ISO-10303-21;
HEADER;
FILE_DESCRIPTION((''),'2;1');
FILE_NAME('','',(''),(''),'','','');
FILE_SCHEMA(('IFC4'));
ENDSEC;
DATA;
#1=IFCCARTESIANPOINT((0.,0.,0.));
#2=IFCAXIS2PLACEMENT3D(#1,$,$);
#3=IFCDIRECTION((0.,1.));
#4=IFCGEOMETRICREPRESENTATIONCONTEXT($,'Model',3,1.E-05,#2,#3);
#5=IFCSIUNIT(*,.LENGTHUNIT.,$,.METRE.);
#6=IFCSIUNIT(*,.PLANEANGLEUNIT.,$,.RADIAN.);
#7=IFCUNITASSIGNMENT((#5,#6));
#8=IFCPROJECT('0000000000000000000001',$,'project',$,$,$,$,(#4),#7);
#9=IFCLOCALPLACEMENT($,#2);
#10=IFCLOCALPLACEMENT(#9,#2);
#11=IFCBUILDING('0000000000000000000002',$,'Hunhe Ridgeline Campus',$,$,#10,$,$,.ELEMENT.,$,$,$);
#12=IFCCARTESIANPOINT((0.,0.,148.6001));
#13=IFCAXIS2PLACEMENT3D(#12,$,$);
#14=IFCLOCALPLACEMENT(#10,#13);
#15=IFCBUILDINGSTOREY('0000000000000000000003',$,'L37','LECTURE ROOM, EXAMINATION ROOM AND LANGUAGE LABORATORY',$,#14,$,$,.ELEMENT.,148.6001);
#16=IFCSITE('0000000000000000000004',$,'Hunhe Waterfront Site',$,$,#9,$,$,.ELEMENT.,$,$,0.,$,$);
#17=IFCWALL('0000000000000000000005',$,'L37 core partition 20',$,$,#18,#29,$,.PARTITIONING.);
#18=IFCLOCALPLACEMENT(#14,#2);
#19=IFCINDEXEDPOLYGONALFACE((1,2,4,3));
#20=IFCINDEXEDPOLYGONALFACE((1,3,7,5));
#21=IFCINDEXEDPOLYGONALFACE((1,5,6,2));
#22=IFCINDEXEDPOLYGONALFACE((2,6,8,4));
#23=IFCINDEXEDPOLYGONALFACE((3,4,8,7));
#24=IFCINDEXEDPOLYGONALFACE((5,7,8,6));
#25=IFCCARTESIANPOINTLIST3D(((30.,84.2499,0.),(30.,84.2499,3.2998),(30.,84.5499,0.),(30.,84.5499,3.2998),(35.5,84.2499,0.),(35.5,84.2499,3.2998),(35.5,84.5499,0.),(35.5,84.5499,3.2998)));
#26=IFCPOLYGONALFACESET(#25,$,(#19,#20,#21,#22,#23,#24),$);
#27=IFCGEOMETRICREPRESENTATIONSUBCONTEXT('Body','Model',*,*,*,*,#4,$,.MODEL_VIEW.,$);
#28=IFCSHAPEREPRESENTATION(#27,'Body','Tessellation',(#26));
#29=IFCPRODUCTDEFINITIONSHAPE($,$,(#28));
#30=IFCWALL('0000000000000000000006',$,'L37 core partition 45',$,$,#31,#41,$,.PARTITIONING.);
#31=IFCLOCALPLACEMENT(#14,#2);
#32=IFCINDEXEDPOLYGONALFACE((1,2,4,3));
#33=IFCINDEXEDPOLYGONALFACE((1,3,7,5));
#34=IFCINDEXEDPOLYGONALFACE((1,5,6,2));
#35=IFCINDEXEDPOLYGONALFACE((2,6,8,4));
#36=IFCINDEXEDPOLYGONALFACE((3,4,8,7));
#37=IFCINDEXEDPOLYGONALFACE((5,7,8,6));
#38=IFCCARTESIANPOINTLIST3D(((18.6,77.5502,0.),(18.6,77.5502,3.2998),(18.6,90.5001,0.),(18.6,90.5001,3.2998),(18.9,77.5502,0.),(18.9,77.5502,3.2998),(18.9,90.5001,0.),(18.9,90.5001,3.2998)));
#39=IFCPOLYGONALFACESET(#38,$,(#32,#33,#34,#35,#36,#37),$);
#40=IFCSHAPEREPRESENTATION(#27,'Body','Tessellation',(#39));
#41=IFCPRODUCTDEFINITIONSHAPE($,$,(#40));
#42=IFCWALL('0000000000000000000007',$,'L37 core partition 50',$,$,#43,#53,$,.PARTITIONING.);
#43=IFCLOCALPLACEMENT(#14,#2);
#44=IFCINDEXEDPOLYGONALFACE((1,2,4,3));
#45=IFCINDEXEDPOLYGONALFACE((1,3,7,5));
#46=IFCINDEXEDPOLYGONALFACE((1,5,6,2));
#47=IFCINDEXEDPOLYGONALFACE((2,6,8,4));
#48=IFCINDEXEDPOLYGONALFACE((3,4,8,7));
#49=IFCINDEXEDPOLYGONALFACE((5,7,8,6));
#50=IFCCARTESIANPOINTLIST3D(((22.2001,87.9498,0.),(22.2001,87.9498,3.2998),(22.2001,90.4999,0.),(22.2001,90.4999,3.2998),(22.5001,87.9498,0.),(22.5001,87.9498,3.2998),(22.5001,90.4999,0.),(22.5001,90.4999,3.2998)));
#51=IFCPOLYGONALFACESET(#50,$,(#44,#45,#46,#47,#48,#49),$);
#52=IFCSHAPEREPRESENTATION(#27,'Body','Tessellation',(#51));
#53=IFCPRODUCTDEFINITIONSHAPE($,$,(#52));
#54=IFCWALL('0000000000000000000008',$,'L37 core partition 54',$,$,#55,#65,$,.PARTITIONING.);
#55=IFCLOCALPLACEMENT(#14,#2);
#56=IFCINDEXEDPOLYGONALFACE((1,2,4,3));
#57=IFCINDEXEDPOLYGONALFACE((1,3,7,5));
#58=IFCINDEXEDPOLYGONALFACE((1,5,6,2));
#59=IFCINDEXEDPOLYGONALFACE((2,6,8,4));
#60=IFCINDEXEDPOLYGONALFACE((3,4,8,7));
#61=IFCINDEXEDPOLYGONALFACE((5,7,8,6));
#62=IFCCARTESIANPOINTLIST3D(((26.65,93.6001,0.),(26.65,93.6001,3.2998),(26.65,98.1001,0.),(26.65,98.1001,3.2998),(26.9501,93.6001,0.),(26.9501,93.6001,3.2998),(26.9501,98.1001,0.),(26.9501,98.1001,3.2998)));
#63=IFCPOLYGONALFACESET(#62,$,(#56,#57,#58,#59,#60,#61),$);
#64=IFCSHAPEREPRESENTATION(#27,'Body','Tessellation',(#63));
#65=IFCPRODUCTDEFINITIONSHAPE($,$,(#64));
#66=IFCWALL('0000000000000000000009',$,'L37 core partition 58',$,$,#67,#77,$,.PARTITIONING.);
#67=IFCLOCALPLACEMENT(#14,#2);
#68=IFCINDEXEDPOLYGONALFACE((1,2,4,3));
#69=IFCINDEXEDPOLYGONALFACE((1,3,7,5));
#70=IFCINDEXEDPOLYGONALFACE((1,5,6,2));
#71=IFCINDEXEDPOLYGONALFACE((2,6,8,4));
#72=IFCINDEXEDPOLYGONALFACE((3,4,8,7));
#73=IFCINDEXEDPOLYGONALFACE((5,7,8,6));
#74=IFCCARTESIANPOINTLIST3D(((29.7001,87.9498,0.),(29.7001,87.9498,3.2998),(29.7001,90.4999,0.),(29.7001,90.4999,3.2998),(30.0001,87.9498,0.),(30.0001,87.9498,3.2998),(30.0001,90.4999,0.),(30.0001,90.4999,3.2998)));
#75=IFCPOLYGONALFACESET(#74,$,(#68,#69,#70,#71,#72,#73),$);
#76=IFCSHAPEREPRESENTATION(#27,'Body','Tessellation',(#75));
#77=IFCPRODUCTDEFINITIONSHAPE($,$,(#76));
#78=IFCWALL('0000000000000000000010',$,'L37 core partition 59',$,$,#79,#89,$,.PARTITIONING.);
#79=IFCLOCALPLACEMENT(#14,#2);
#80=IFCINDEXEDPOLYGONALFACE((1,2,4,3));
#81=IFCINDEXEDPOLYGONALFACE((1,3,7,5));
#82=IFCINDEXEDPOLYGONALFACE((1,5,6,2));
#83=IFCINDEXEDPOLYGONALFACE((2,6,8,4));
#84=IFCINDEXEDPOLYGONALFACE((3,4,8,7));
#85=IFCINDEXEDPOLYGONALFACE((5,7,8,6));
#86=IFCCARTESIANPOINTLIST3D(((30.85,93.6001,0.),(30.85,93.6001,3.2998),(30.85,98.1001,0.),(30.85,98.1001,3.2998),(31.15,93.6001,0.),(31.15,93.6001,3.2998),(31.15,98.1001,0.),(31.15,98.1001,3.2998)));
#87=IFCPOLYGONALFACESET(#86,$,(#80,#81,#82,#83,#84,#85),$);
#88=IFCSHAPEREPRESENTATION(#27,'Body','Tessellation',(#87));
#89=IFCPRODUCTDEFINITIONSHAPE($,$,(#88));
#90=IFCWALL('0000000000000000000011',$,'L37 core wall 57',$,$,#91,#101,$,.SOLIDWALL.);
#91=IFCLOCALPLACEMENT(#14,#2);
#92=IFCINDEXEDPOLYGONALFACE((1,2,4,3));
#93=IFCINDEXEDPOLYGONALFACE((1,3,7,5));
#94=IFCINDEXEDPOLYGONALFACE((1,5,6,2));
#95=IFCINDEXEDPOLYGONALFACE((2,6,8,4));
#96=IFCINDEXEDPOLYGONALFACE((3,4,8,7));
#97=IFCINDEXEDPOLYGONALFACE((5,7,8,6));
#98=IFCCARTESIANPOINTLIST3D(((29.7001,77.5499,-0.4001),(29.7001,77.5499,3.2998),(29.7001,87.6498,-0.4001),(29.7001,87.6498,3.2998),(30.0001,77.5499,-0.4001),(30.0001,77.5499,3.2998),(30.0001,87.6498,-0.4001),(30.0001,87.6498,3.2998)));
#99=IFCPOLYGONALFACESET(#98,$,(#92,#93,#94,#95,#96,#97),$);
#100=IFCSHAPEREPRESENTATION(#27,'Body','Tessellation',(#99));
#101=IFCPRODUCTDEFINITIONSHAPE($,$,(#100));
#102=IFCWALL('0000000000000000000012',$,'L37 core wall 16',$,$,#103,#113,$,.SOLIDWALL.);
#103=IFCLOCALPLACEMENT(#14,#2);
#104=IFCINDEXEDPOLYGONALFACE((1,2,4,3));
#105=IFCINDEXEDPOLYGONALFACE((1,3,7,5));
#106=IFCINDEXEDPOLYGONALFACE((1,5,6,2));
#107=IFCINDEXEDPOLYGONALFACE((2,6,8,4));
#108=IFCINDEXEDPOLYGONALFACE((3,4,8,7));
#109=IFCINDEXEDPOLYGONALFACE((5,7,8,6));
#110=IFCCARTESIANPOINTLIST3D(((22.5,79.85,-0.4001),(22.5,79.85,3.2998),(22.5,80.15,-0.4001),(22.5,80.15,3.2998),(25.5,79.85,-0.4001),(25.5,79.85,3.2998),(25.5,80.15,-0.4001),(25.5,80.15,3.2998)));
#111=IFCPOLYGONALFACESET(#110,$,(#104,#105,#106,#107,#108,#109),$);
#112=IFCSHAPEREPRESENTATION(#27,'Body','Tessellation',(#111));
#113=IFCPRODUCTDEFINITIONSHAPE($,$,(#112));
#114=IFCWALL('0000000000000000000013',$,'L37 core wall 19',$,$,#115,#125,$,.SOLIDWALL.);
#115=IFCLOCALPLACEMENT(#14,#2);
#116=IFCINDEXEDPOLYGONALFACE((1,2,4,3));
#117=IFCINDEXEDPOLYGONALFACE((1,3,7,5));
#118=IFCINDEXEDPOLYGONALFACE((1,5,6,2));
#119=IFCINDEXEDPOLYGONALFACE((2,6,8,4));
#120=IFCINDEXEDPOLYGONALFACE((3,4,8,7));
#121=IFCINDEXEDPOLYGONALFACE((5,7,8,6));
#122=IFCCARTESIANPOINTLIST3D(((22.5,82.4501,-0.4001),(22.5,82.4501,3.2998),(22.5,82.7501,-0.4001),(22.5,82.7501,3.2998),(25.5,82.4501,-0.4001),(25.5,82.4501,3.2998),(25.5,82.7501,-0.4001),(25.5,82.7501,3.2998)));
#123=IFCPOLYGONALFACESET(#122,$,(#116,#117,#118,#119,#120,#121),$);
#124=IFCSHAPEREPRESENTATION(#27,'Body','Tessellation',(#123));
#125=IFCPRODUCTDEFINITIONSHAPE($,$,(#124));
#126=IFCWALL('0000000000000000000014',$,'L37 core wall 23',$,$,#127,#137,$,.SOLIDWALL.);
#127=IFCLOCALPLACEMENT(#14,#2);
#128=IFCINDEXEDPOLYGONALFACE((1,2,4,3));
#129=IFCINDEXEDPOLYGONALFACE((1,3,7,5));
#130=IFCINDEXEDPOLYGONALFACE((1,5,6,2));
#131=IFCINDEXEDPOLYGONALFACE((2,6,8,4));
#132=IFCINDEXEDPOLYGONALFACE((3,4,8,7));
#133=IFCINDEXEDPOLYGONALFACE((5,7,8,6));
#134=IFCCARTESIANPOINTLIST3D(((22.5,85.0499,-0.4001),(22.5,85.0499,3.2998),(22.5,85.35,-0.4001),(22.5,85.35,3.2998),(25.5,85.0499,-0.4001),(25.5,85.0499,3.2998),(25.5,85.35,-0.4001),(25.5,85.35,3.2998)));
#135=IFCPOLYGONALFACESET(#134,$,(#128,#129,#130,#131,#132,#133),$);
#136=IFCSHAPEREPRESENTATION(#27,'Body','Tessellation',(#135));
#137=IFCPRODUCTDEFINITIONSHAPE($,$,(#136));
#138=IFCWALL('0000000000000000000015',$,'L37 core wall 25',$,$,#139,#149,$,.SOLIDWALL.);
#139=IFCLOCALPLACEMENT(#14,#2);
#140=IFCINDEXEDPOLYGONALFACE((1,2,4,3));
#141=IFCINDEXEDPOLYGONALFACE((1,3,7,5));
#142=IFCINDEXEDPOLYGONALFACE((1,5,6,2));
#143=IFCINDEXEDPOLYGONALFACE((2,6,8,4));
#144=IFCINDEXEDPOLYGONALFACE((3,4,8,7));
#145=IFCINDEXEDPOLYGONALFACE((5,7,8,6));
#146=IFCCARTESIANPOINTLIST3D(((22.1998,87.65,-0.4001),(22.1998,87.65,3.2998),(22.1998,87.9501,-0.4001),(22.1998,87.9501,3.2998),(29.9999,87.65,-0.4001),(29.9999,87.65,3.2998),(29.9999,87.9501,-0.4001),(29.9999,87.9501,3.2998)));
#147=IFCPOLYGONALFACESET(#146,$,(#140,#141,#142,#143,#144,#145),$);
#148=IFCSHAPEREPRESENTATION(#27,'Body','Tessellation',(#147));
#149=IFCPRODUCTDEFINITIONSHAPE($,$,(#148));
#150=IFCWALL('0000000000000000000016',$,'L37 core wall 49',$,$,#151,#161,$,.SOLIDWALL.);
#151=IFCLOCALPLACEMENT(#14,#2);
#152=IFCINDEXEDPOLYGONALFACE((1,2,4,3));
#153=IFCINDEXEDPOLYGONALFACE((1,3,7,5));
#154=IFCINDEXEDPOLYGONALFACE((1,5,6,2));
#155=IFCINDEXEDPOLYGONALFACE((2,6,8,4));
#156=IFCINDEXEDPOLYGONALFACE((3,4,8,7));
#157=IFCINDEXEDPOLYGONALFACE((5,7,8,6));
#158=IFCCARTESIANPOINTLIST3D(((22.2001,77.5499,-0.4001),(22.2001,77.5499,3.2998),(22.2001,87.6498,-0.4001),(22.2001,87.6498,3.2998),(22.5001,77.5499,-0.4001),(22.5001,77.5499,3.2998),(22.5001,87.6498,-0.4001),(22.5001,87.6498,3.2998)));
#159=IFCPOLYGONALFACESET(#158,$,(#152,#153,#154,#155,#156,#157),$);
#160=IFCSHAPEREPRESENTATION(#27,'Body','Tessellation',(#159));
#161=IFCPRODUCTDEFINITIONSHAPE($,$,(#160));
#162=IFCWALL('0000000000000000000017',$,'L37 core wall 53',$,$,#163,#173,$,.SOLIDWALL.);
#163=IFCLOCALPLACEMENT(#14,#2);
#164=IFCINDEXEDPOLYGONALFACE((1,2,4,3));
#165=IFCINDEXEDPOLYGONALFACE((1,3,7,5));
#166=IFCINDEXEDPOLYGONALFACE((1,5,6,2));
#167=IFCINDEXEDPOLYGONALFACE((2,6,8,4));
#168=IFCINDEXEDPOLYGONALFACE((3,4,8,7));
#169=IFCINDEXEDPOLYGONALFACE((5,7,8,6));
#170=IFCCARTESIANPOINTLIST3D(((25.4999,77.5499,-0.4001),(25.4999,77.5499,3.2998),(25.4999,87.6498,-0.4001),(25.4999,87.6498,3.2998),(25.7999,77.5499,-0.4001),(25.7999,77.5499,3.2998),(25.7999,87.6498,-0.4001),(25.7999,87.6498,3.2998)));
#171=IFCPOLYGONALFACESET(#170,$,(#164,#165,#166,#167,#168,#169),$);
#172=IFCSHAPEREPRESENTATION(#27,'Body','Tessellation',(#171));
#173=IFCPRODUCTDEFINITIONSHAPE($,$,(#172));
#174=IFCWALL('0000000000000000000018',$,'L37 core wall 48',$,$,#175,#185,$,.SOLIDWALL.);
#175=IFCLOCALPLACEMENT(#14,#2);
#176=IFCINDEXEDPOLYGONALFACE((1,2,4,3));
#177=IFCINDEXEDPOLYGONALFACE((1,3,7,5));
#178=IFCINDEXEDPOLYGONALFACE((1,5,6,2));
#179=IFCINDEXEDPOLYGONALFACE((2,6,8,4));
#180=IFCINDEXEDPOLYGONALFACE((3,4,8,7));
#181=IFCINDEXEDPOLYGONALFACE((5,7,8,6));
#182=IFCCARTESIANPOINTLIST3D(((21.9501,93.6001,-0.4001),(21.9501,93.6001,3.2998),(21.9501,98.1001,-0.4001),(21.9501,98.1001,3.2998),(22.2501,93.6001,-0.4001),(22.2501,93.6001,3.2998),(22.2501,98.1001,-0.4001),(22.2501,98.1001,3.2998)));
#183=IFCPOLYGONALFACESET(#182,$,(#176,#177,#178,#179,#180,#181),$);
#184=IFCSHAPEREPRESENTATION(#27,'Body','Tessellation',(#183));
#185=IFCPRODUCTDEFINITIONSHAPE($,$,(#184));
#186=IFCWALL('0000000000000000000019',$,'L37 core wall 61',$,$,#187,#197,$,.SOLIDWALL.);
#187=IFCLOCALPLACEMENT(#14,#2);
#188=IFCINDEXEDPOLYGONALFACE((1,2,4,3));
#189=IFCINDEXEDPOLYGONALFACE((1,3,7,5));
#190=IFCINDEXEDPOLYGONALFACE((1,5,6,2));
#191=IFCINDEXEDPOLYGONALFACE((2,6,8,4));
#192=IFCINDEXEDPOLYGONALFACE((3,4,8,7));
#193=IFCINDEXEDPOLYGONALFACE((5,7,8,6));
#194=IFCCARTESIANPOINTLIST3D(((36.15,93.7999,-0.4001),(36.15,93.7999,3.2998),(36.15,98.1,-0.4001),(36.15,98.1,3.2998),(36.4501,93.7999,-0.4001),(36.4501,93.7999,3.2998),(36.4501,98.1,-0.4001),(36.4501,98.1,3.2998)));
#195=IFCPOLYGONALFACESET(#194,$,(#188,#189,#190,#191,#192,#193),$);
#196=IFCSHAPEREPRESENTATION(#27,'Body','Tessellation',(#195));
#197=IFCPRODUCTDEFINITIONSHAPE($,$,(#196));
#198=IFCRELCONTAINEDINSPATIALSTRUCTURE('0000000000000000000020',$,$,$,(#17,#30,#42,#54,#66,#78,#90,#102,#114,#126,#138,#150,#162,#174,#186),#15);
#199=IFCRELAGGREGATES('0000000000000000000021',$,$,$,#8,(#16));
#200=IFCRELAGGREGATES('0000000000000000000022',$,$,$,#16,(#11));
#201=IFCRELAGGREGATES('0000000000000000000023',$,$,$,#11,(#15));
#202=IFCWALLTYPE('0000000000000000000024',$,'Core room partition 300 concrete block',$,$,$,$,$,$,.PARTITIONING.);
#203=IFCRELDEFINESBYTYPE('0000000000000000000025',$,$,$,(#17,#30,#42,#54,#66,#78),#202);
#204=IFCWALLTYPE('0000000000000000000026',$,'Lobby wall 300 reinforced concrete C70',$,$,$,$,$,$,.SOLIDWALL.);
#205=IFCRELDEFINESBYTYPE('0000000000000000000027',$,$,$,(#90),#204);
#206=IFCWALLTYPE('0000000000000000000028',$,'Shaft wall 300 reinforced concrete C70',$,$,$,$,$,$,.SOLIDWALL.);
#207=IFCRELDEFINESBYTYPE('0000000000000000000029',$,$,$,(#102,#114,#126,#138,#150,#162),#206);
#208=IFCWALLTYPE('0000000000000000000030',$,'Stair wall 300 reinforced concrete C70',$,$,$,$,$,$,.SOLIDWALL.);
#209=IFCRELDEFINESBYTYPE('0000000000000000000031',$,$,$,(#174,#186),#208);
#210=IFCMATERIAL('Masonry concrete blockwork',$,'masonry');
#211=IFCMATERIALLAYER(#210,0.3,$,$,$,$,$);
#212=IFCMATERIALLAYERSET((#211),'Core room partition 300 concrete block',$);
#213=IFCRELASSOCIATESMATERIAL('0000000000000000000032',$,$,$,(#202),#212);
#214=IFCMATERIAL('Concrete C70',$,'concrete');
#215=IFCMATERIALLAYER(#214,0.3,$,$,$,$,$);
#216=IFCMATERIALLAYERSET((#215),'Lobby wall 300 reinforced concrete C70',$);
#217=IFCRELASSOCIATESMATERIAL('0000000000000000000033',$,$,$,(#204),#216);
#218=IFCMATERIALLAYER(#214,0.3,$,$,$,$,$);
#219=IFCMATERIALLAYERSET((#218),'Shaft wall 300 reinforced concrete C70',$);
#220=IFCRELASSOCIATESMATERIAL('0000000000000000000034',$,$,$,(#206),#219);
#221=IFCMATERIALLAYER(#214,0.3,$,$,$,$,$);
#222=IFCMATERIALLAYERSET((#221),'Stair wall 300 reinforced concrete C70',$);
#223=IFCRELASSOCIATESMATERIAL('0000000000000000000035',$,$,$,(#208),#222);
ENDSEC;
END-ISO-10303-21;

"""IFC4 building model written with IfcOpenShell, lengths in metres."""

from ifc_helpers import new_model, si_unit, direction, frame, frame_2d, origin, place, context, subcontext, project, spatial, rectangle, extrude, material, layer, layer_set, type_object, element, save


model = new_model("IFC4")

# Units and contexts
model_context = context("Model", 3, precision=1e-05, world=origin(), true_north=direction((0.0, 1.0)))
body_context = subcontext(model_context, "Body", "Model", "MODEL_VIEW")
ifc_project = project(units=[si_unit("LENGTHUNIT", "METRE"), si_unit("PLANEANGLEUNIT", "RADIAN")], contexts=[model_context])

# Site, building, storey
site_placement = place(None, origin())
site = spatial("IfcSite", under=ifc_project, at=site_placement, Name="Hunhe Waterfront Site", CompositionType="ELEMENT", RefElevation=0.0)
building_placement = place(site_placement, origin())
building = spatial("IfcBuilding", under=site, at=building_placement, Name="Hunhe Ridgeline Campus", CompositionType="ELEMENT")
storey_placement = place(building_placement, frame((0.0, 0.0, 148.6001)))
storey = spatial("IfcBuildingStorey", under=building, at=storey_placement, Name="L37", Description="LECTURE ROOM, EXAMINATION ROOM AND LANGUAGE LABORATORY", CompositionType="ELEMENT", Elevation=148.6001)

# Shared definitions
ifc_material_1 = material(Name="Masonry concrete blockwork", Category="masonry")
ifc_layer_1 = layer(ifc_material_1, 0.3)
ifc_layer_set_1 = layer_set([ifc_layer_1], Name="Core room partition 300 concrete block")
wall_type_1 = type_object("IfcWallType", Name="Core room partition 300 concrete block", PredefinedType="PARTITIONING", material=ifc_layer_set_1)

# Walls
wall_1_placement = place(storey_placement, frame((30.0, 84.3999, 0.0), z_axis=(0.0, 0.0, 1.0), x_axis=(1.0, 0.0, 0.0)))
element("IfcWall", 1, at=wall_1_placement, inside=storey, type_object=wall_type_1, Name="L37 core partition 20", PredefinedType="PARTITIONING", context=body_context, shape_type="SweptSolid", body=[
    extrude(rectangle(XDim=5.5, YDim=0.3, at=frame_2d((2.75, 0.0))), origin(), (0.0, 0.0, 1.0), 3.2998),
])
wall_2_placement = place(storey_placement, frame((18.75, 77.55, 0.0), z_axis=(0.0, 0.0, 1.0), x_axis=(0.0, 1.0, 0.0)))
element("IfcWall", 2, at=wall_2_placement, inside=storey, type_object=wall_type_1, Name="L37 core partition 45", PredefinedType="PARTITIONING", context=body_context, shape_type="SweptSolid", body=[
    extrude(rectangle(XDim=12.95, YDim=0.3, at=frame_2d((6.4751, 0.0))), origin(), (0.0, 0.0, 1.0), 3.2998),
])
wall_3_placement = place(storey_placement, frame((22.3501, 87.95, 0.0), z_axis=(0.0, 0.0, 1.0), x_axis=(0.0, 1.0, 0.0)))
element("IfcWall", 3, at=wall_3_placement, inside=storey, type_object=wall_type_1, Name="L37 core partition 50", PredefinedType="PARTITIONING", context=body_context, shape_type="SweptSolid", body=[
    extrude(rectangle(XDim=2.55, YDim=0.3, at=frame_2d((1.2749, 0.0))), origin(), (0.0, 0.0, 1.0), 3.2998),
])
wall_4_placement = place(storey_placement, frame((26.8, 93.6001, 0.0), z_axis=(0.0, 0.0, 1.0), x_axis=(0.0, 1.0, 0.0)))
element("IfcWall", 4, at=wall_4_placement, inside=storey, type_object=wall_type_1, Name="L37 core partition 54", PredefinedType="PARTITIONING", context=body_context, shape_type="SweptSolid", body=[
    extrude(rectangle(XDim=4.5, YDim=0.3, at=frame_2d((2.25, 0.0))), origin(), (0.0, 0.0, 1.0), 3.2998),
])
wall_5_placement = place(storey_placement, frame((29.8501, 87.95, 0.0), z_axis=(0.0, 0.0, 1.0), x_axis=(0.0, 1.0, 0.0)))
element("IfcWall", 5, at=wall_5_placement, inside=storey, type_object=wall_type_1, Name="L37 core partition 58", PredefinedType="PARTITIONING", context=body_context, shape_type="SweptSolid", body=[
    extrude(rectangle(XDim=2.55, YDim=0.3, at=frame_2d((1.2749, 0.0))), origin(), (0.0, 0.0, 1.0), 3.2998),
])
wall_6_placement = place(storey_placement, frame((31.0, 93.6001, 0.0), z_axis=(0.0, 0.0, 1.0), x_axis=(0.0, 1.0, 0.0)))
element("IfcWall", 6, at=wall_6_placement, inside=storey, type_object=wall_type_1, Name="L37 core partition 59", PredefinedType="PARTITIONING", context=body_context, shape_type="SweptSolid", body=[
    extrude(rectangle(XDim=4.5, YDim=0.3, at=frame_2d((2.25, 0.0))), origin(), (0.0, 0.0, 1.0), 3.2998),
])

# Walls
ifc_material_2 = material(Name="Concrete C70", Category="concrete")
ifc_layer_2 = layer(ifc_material_2, 0.3)
ifc_layer_set_2 = layer_set([ifc_layer_2], Name="Lobby wall 300 reinforced concrete C70")
wall_type_2 = type_object("IfcWallType", Name="Lobby wall 300 reinforced concrete C70", PredefinedType="SOLIDWALL", material=ifc_layer_set_2)
wall_7_placement = place(storey_placement, frame((29.8501, 77.55, -0.4001), z_axis=(0.0, 0.0, 1.0), x_axis=(0.0, 1.0, 0.0)))
element("IfcWall", 7, at=wall_7_placement, inside=storey, type_object=wall_type_2, Name="L37 core wall 57", PredefinedType="SOLIDWALL", context=body_context, shape_type="SweptSolid", body=[
    extrude(rectangle(XDim=10.0999, YDim=0.3, at=frame_2d((5.0498, 0.0))), origin(), (0.0, 0.0, 1.0), 3.7),
])
ifc_layer_3 = layer(ifc_material_2, 0.3)
ifc_layer_set_3 = layer_set([ifc_layer_3], Name="Shaft wall 300 reinforced concrete C70")
wall_type_3 = type_object("IfcWallType", Name="Shaft wall 300 reinforced concrete C70", PredefinedType="SOLIDWALL", material=ifc_layer_set_3)
for number, where, z_axis, x_axis, name in (
    (8, (22.5, 80.0, -0.4001), (0.0, 0.0, 1.0), (1.0, 0.0, 0.0), "L37 core wall 16"),
    (9, (22.5, 82.6001, -0.4001), (0.0, 0.0, 1.0), (1.0, 0.0, 0.0), "L37 core wall 19"),
    (10, (22.5, 85.2, -0.4001), (0.0, 0.0, 1.0), (1.0, 0.0, 0.0), "L37 core wall 23"),
):
    element("IfcWall", number, at=place(storey_placement, frame(where, z_axis=z_axis, x_axis=x_axis)), inside=storey, type_object=wall_type_3, Name=name, PredefinedType="SOLIDWALL", context=body_context, shape_type="SweptSolid", body=[
        extrude(rectangle(XDim=3.0, YDim=0.3, at=frame_2d((1.5, 0.0))), origin(), (0.0, 0.0, 1.0), 3.7),
    ])
wall_8_placement = place(storey_placement, frame((22.2, 87.8, -0.4001), z_axis=(0.0, 0.0, 1.0), x_axis=(1.0, 0.0, 0.0)))
element("IfcWall", 11, at=wall_8_placement, inside=storey, type_object=wall_type_3, Name="L37 core wall 25", PredefinedType="SOLIDWALL", context=body_context, shape_type="SweptSolid", body=[
    extrude(rectangle(XDim=7.8, YDim=0.3, at=frame_2d((3.8999, 0.0))), origin(), (0.0, 0.0, 1.0), 3.7),
])
for number, where, z_axis, x_axis, name in (
    (12, (22.3501, 77.55, -0.4001), (0.0, 0.0, 1.0), (0.0, 1.0, 0.0), "L37 core wall 49"),
    (13, (25.6499, 77.55, -0.4001), (0.0, 0.0, 1.0), (0.0, 1.0, 0.0), "L37 core wall 53"),
):
    element("IfcWall", number, at=place(storey_placement, frame(where, z_axis=z_axis, x_axis=x_axis)), inside=storey, type_object=wall_type_3, Name=name, PredefinedType="SOLIDWALL", context=body_context, shape_type="SweptSolid", body=[
        extrude(rectangle(XDim=10.0999, YDim=0.3, at=frame_2d((5.0498, 0.0))), origin(), (0.0, 0.0, 1.0), 3.7),
    ])

# Shared definitions
ifc_layer_4 = layer(ifc_material_2, 0.3)
ifc_layer_set_4 = layer_set([ifc_layer_4], Name="Stair wall 300 reinforced concrete C70")
wall_type_4 = type_object("IfcWallType", Name="Stair wall 300 reinforced concrete C70", PredefinedType="SOLIDWALL", material=ifc_layer_set_4)

# Walls
wall_9_placement = place(storey_placement, frame((22.1001, 93.6001, -0.4001), z_axis=(0.0, 0.0, 1.0), x_axis=(0.0, 1.0, 0.0)))
element("IfcWall", 14, at=wall_9_placement, inside=storey, type_object=wall_type_4, Name="L37 core wall 48", PredefinedType="SOLIDWALL", context=body_context, shape_type="SweptSolid", body=[
    extrude(rectangle(XDim=4.5, YDim=0.3, at=frame_2d((2.25, 0.0))), origin(), (0.0, 0.0, 1.0), 3.7),
])
wall_10_placement = place(storey_placement, frame((36.3, 93.8, -0.4001), z_axis=(0.0, 0.0, 1.0), x_axis=(0.0, 1.0, 0.0)))
element("IfcWall", 15, at=wall_10_placement, inside=storey, type_object=wall_type_4, Name="L37 core wall 61", PredefinedType="SOLIDWALL", context=body_context, shape_type="SweptSolid", body=[
    extrude(rectangle(XDim=4.3, YDim=0.3, at=frame_2d((2.1499, 0.0))), origin(), (0.0, 0.0, 1.0), 3.7),
])

save(model, "model.ifc")
